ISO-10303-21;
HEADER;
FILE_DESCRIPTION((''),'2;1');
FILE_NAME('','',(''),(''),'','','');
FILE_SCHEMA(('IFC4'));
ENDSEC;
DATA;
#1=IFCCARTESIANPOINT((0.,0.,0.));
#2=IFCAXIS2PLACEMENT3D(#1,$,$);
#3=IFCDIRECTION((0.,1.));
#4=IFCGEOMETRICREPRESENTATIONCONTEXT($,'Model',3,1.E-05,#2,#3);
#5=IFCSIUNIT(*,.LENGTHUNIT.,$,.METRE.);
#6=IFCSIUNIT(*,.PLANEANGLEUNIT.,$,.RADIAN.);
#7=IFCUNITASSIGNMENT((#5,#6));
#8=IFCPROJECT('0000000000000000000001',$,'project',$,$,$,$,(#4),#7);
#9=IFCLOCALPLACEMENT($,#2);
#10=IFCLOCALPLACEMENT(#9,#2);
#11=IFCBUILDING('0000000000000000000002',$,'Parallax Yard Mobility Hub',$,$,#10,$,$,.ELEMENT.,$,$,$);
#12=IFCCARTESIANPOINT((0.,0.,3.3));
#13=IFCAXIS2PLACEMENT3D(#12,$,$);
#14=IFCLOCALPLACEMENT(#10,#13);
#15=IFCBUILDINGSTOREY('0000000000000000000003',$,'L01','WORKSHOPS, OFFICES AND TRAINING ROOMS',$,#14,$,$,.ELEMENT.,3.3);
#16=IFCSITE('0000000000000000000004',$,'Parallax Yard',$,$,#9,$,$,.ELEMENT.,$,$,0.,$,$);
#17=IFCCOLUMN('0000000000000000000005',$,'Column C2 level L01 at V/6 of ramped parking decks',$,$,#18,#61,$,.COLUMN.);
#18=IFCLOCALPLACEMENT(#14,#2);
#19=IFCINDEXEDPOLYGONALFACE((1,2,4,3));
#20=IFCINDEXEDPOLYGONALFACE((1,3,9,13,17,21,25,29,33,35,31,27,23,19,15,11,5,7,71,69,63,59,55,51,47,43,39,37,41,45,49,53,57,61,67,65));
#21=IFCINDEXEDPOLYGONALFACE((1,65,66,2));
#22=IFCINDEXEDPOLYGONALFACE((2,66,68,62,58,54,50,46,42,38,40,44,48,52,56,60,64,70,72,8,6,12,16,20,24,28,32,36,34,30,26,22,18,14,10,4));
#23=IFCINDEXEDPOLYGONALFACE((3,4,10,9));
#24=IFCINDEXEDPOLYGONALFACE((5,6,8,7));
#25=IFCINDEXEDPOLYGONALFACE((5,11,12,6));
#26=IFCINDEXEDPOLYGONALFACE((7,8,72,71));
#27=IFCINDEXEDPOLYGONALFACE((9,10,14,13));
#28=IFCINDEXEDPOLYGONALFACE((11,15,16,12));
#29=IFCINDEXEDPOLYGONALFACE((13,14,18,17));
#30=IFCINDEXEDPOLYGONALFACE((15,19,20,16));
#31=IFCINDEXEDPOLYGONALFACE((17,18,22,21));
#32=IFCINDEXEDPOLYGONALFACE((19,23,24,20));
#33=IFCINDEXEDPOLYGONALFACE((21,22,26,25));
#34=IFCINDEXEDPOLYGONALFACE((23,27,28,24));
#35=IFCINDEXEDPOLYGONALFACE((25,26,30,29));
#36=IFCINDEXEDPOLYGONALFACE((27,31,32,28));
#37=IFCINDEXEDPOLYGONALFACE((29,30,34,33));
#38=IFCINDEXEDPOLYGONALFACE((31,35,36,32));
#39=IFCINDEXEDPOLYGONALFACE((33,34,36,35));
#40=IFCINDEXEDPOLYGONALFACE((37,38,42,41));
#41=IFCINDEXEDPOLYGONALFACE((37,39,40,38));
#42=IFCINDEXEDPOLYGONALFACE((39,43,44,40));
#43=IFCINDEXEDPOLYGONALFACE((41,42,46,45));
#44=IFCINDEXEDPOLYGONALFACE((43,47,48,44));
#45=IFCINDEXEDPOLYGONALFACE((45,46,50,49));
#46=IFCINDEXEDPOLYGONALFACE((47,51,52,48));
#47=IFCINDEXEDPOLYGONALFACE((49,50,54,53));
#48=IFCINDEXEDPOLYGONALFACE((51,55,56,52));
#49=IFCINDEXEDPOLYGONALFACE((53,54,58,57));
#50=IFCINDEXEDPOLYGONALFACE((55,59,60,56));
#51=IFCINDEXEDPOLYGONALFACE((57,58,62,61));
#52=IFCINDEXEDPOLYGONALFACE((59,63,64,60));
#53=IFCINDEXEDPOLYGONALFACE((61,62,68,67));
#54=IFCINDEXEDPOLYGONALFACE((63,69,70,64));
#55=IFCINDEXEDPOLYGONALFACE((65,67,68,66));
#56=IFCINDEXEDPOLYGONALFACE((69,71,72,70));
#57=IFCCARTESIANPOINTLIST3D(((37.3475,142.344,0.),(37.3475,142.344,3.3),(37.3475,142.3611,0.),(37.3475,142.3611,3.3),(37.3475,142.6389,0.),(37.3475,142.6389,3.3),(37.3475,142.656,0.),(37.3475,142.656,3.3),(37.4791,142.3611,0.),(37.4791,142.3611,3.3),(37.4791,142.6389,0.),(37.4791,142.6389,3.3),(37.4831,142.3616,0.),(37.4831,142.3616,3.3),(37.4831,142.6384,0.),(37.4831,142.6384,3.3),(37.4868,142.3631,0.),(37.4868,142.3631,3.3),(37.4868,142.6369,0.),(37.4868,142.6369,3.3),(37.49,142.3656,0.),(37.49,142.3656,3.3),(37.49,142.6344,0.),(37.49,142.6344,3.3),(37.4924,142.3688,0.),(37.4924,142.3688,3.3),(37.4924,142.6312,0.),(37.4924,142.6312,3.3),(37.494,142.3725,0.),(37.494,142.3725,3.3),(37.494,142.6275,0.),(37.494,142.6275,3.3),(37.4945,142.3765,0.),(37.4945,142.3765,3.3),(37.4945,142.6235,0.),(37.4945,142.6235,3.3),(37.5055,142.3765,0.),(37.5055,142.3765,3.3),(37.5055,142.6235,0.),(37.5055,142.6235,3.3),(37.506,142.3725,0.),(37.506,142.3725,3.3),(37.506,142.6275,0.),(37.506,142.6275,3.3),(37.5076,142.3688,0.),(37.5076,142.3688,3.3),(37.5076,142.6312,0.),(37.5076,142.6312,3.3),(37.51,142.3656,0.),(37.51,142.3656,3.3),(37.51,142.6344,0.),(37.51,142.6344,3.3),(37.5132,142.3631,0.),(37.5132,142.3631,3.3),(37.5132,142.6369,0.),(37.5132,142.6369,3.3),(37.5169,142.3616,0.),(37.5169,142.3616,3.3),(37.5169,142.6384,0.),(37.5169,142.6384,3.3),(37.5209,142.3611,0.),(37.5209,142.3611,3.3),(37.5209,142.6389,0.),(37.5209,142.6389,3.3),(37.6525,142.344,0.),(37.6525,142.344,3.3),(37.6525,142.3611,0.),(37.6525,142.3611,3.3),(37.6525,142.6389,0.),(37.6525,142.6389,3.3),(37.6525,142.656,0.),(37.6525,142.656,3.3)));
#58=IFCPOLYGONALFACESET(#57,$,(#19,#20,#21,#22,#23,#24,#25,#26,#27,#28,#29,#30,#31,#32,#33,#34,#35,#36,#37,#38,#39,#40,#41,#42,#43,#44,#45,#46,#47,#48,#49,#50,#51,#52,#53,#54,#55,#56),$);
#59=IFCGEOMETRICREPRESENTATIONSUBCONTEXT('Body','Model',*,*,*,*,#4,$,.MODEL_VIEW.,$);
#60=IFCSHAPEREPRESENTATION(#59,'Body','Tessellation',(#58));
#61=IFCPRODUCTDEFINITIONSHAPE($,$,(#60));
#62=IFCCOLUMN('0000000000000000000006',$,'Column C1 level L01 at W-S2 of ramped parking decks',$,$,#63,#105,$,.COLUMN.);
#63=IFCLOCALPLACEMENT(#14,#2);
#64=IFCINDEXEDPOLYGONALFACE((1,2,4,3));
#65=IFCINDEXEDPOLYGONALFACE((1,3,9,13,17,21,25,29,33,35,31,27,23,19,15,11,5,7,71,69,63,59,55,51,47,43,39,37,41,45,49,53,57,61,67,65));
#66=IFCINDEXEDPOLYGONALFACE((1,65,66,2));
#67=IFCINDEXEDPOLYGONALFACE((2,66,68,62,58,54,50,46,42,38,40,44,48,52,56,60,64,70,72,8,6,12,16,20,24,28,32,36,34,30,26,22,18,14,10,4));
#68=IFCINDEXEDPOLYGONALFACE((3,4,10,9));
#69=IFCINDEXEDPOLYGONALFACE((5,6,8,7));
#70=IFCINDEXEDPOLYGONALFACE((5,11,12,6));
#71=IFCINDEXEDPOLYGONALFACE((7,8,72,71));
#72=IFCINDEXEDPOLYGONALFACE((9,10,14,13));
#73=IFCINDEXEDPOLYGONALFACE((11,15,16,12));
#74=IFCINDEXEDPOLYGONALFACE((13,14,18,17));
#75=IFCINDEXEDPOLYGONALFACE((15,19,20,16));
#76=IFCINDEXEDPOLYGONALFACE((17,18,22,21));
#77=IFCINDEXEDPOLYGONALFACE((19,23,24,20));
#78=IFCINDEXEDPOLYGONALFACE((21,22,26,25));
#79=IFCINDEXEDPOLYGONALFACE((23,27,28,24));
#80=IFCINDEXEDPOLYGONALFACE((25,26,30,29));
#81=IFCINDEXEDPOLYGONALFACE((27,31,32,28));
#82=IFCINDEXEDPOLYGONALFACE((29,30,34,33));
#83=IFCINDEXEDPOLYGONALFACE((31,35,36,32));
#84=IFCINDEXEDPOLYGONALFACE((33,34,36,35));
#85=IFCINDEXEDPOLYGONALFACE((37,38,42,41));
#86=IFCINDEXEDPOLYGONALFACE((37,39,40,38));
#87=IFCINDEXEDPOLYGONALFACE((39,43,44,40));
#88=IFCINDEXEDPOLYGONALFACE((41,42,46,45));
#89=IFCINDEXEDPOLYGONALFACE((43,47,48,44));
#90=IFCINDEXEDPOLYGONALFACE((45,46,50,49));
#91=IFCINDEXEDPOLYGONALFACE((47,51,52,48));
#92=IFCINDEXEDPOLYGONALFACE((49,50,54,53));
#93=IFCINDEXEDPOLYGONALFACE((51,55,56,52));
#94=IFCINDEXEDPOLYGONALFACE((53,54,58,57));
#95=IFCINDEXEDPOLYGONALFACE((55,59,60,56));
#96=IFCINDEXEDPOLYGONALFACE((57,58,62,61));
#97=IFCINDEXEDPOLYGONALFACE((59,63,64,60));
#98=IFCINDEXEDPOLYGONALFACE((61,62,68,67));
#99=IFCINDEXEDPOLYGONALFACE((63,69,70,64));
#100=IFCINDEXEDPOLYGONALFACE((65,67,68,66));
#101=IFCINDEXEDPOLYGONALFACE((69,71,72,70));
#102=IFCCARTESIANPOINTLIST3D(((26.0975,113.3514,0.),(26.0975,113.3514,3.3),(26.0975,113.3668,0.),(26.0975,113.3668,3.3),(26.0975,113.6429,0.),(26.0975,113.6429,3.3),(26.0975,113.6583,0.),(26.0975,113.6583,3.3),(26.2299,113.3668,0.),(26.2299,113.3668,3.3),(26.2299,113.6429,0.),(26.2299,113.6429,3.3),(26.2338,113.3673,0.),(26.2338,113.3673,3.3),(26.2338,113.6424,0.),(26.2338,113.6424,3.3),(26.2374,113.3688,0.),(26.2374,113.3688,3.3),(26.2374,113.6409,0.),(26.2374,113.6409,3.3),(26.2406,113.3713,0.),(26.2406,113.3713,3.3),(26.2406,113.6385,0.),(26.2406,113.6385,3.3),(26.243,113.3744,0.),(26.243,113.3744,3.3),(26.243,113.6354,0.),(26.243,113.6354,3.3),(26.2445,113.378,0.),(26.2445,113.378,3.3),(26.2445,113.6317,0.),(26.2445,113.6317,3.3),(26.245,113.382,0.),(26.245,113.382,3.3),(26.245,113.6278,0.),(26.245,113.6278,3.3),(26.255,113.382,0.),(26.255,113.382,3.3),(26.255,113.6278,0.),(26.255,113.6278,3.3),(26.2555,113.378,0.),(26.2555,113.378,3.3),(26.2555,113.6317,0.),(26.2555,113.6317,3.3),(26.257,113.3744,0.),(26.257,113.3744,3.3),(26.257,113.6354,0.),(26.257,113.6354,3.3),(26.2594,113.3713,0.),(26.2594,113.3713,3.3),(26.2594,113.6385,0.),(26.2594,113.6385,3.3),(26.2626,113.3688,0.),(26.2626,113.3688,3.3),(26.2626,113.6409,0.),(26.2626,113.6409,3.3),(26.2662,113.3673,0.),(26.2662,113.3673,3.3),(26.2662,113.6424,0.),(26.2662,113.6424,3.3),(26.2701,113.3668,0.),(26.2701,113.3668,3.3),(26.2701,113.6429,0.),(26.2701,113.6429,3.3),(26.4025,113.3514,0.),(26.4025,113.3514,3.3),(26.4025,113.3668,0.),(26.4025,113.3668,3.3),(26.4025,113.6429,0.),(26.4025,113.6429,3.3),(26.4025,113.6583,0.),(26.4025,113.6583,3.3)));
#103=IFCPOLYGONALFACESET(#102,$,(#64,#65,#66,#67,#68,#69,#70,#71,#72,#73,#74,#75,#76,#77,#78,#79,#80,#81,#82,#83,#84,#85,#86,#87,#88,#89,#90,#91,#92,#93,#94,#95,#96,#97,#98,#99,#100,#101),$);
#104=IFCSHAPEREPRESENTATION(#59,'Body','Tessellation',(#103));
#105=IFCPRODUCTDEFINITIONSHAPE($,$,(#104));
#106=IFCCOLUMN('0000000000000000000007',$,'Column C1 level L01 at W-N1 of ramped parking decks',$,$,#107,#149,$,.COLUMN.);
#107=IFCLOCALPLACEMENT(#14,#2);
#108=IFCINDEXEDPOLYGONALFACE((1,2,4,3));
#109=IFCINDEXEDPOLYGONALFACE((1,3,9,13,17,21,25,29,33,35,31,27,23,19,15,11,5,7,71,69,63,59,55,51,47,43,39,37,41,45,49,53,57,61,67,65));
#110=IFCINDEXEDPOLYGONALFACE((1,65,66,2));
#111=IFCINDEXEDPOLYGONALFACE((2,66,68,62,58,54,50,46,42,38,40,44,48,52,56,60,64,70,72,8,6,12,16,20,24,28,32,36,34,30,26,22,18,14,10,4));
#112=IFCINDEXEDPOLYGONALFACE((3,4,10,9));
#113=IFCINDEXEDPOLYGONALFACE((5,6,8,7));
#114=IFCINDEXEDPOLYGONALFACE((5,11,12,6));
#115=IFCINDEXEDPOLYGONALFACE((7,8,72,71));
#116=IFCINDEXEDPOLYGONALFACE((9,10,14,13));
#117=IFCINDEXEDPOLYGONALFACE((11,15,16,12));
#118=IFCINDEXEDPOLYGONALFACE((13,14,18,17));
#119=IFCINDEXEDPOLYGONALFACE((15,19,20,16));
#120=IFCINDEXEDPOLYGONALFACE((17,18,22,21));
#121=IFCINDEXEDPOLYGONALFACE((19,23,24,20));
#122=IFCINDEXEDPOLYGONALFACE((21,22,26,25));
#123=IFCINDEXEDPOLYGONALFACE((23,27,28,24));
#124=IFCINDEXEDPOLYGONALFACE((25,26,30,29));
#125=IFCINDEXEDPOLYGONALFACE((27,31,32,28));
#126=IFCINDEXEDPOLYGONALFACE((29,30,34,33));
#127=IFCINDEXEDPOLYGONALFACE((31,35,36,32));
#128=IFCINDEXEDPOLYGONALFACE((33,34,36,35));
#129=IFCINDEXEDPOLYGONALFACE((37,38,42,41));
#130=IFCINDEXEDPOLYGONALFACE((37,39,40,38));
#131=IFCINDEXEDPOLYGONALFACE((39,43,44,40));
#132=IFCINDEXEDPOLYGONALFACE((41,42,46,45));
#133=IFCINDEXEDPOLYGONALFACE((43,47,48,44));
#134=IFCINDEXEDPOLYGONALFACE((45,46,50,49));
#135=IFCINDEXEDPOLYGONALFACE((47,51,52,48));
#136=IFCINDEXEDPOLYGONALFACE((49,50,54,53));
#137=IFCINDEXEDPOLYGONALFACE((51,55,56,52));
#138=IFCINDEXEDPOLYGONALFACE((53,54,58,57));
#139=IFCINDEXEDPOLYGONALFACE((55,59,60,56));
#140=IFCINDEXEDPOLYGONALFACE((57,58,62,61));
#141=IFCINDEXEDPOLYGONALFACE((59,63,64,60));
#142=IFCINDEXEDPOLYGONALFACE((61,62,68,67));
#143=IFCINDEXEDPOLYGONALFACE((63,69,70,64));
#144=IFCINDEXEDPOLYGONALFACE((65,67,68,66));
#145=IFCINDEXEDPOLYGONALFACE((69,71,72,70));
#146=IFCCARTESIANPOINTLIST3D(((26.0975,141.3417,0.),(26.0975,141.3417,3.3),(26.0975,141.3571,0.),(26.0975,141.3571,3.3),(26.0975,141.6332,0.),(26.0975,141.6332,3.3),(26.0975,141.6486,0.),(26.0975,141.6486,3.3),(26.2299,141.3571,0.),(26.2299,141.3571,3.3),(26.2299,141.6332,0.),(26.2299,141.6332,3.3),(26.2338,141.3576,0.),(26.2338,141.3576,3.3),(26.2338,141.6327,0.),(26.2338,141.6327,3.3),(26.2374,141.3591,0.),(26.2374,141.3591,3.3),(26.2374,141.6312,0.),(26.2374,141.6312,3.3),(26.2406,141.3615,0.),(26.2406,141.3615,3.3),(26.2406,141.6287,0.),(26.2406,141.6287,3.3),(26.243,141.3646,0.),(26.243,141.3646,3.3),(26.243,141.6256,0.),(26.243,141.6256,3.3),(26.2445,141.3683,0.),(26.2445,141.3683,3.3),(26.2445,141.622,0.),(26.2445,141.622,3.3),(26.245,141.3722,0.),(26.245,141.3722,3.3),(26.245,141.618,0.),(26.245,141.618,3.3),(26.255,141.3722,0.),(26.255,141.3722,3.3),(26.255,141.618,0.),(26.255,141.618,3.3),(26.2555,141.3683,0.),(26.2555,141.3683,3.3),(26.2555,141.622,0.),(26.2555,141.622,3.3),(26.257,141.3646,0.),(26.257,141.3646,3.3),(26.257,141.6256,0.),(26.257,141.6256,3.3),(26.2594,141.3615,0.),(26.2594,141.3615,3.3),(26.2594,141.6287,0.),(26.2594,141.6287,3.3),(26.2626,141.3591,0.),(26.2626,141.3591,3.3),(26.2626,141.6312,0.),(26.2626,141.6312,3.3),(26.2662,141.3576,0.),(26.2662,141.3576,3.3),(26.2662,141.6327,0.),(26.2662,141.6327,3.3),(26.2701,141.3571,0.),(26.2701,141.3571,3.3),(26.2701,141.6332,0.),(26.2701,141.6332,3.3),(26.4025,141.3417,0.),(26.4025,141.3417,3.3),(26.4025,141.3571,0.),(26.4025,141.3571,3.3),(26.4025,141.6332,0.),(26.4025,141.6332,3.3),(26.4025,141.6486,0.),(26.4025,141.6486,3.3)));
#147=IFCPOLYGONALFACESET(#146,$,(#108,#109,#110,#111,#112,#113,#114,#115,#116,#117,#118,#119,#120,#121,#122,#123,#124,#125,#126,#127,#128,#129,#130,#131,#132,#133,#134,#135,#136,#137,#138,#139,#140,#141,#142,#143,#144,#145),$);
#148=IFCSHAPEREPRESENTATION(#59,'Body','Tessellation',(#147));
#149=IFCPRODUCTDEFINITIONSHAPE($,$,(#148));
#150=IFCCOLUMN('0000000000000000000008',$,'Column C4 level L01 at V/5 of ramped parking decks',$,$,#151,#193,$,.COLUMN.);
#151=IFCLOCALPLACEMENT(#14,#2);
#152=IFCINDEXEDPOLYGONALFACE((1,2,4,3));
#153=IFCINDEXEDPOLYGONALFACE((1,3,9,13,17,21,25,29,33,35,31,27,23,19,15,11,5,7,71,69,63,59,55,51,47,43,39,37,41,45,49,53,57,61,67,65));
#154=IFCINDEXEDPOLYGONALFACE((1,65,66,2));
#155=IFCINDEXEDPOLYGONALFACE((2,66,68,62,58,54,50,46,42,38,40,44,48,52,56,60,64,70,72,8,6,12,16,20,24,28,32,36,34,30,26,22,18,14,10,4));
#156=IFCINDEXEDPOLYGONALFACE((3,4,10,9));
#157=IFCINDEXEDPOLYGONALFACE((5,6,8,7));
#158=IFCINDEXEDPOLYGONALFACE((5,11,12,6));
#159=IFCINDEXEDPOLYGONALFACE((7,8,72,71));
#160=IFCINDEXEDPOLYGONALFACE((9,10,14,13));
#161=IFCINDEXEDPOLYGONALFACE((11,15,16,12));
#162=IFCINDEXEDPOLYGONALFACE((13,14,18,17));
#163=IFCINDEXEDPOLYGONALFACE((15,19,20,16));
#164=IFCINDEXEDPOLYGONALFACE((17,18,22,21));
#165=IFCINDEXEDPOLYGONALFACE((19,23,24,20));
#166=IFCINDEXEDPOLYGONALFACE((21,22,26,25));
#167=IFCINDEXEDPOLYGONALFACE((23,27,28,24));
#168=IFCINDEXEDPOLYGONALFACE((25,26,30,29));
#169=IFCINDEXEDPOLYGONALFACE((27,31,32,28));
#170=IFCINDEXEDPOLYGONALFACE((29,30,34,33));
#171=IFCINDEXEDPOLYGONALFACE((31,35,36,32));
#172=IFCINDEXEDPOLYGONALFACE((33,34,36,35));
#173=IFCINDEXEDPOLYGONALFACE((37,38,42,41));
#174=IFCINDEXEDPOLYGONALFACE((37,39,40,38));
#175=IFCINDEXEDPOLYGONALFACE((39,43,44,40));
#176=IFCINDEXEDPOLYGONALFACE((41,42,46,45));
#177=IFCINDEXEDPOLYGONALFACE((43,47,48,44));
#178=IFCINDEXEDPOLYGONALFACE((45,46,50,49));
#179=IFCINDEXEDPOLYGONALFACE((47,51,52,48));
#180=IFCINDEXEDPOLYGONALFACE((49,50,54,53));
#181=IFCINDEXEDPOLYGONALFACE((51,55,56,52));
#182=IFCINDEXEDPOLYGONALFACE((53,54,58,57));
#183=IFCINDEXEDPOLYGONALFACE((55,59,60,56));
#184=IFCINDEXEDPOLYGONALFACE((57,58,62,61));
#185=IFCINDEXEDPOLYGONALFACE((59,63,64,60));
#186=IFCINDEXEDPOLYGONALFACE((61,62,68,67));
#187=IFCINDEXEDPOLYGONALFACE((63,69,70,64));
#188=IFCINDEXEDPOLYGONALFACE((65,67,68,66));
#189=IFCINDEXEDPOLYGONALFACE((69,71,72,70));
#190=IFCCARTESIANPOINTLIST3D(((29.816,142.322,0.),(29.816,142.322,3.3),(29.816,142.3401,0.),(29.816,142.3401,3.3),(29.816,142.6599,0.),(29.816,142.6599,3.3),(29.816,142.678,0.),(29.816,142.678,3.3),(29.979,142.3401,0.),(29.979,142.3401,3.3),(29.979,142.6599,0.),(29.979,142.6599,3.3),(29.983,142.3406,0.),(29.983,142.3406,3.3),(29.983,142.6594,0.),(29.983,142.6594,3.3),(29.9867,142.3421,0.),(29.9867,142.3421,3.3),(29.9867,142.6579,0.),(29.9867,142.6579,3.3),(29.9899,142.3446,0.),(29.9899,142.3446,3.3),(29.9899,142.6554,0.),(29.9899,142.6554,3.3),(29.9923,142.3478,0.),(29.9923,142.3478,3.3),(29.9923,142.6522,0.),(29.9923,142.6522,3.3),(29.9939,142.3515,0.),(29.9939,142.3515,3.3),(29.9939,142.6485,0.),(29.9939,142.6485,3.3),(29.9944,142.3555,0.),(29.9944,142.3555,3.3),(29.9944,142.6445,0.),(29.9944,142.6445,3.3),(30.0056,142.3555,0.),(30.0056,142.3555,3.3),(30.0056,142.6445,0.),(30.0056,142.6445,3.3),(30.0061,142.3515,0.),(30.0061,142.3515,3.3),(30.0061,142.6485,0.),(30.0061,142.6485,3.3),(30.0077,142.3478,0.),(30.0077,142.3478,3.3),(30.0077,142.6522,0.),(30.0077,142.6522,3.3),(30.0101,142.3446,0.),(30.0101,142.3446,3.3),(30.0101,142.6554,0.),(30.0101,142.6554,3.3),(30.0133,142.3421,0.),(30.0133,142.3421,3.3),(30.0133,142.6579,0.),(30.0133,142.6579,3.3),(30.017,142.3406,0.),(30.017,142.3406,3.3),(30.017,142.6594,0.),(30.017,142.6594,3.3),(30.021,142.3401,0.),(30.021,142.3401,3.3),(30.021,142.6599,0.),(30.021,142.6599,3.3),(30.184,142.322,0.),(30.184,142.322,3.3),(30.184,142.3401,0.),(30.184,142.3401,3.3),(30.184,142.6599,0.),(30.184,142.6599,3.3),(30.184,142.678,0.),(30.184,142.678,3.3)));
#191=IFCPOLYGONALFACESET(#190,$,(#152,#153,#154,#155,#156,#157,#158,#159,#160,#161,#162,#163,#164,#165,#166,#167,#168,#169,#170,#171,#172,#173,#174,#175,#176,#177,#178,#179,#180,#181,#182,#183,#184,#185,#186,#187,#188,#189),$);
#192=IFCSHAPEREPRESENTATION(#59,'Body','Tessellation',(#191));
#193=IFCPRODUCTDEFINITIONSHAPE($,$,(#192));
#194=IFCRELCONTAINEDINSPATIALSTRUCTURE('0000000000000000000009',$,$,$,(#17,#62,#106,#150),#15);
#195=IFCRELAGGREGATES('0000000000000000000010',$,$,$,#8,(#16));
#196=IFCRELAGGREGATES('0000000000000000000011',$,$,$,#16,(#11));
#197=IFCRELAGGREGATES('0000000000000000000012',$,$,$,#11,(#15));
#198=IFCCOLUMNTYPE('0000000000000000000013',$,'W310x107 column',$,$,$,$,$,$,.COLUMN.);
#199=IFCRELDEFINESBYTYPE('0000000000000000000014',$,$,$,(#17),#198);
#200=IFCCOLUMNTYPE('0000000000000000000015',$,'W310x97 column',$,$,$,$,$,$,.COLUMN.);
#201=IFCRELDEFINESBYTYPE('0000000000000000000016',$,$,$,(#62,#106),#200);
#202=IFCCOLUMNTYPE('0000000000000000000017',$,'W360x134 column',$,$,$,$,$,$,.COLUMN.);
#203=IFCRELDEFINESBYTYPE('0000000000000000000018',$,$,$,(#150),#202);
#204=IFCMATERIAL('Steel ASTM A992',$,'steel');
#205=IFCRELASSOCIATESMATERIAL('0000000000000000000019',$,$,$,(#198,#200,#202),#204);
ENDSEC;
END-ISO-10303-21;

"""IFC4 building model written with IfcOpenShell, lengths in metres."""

from ifc_helpers import new_model, si_unit, direction, frame, origin, origin_2d, place, context, subcontext, project, spatial, i_section, extrude, material, material_profile, profile_set, type_object, element, save


model = new_model("IFC4")

# Units and contexts
model_context = context("Model", 3, precision=1e-05, world=origin(), true_north=direction((0.0, 1.0)))
body_context = subcontext(model_context, "Body", "Model", "MODEL_VIEW")
ifc_project = project(units=[si_unit("LENGTHUNIT", "METRE"), si_unit("PLANEANGLEUNIT", "RADIAN")], contexts=[model_context])

# Site, building, storey
site_placement = place(None, origin())
site = spatial("IfcSite", under=ifc_project, at=site_placement, Name="Parallax Yard", CompositionType="ELEMENT", RefElevation=0.0)
building_placement = place(site_placement, origin())
building = spatial("IfcBuilding", under=site, at=building_placement, Name="Parallax Yard Mobility Hub", CompositionType="ELEMENT")
storey_placement = place(building_placement, frame((0.0, 0.0, 3.3)))
storey = spatial("IfcBuildingStorey", under=building, at=storey_placement, Name="L01", Description="WORKSHOPS, OFFICES AND TRAINING ROOMS", CompositionType="ELEMENT", Elevation=3.3)

# Columns
ifc_material_1 = material(Name="Steel ASTM A992", Category="steel")
ifc_material_profile_1 = material_profile(ifc_material_1, i_section(OverallWidth=0.3049, OverallDepth=0.312, WebThickness=0.011, FlangeThickness=0.0171, FilletRadius=0.0154, at=origin_2d()), Name="W310x107")
ifc_profile_set_1 = profile_set([ifc_material_profile_1], Name="Steel ASTM A992")
column_type_1 = type_object("IfcColumnType", Name="W310x107 column", PredefinedType="COLUMN", material=ifc_profile_set_1)
column_1_placement = place(storey_placement, frame((37.5, 142.5, 0.0), z_axis=(0.0, 0.0, 1.0), x_axis=(1.0, 0.0, 0.0)))
element("IfcColumn", 1, at=column_1_placement, inside=storey, type_object=column_type_1, Name="Column C2 level L01 at V/6 of ramped parking decks", PredefinedType="COLUMN", context=body_context, shape_type="SweptSolid", body=[
    extrude(i_section(OverallWidth=0.3049, OverallDepth=0.312, WebThickness=0.011, FlangeThickness=0.0171, FilletRadius=0.0154, at=origin_2d()), origin(), (0.0, 0.0, 1.0), 3.3),
])
ifc_material_profile_2 = material_profile(ifc_material_1, i_section(OverallWidth=0.3049, OverallDepth=0.3069, WebThickness=0.01, FlangeThickness=0.0154, FilletRadius=0.0151, at=origin_2d()), Name="W310x97")
ifc_profile_set_2 = profile_set([ifc_material_profile_2], Name="Steel ASTM A992")
column_type_2 = type_object("IfcColumnType", Name="W310x97 column", PredefinedType="COLUMN", material=ifc_profile_set_2)
for number, where, z_axis, x_axis, name in (
    (2, (26.25, 113.5049, 0.0), (0.0, 0.0, 1.0), (1.0, 0.0, 0.0), "Column C1 level L01 at W-S2 of ramped parking decks"),
    (3, (26.25, 141.4951, 0.0), (0.0, 0.0, 1.0), (1.0, 0.0, 0.0), "Column C1 level L01 at W-N1 of ramped parking decks"),
):
    element("IfcColumn", number, at=place(storey_placement, frame(where, z_axis=z_axis, x_axis=x_axis)), inside=storey, type_object=column_type_2, Name=name, PredefinedType="COLUMN", context=body_context, shape_type="SweptSolid", body=[
        extrude(i_section(OverallWidth=0.3049, OverallDepth=0.3069, WebThickness=0.01, FlangeThickness=0.0154, FilletRadius=0.0151, at=origin_2d()), origin(), (0.0, 0.0, 1.0), 3.3),
    ])
ifc_material_profile_3 = material_profile(ifc_material_1, i_section(OverallWidth=0.3679, OverallDepth=0.356, WebThickness=0.0112, FlangeThickness=0.0181, FilletRadius=0.0154, at=origin_2d()), Name="W360x134")
ifc_profile_set_3 = profile_set([ifc_material_profile_3], Name="Steel ASTM A992")
column_type_3 = type_object("IfcColumnType", Name="W360x134 column", PredefinedType="COLUMN", material=ifc_profile_set_3)
column_2_placement = place(storey_placement, frame((30.0, 142.5, 0.0), z_axis=(0.0, 0.0, 1.0), x_axis=(1.0, 0.0, 0.0)))
element("IfcColumn", 4, at=column_2_placement, inside=storey, type_object=column_type_3, Name="Column C4 level L01 at V/5 of ramped parking decks", PredefinedType="COLUMN", context=body_context, shape_type="SweptSolid", body=[
    extrude(i_section(OverallWidth=0.3679, OverallDepth=0.356, WebThickness=0.0112, FlangeThickness=0.0181, FilletRadius=0.0154, at=origin_2d()), origin(), (0.0, 0.0, 1.0), 3.3),
])

save(model, "model.ifc")
